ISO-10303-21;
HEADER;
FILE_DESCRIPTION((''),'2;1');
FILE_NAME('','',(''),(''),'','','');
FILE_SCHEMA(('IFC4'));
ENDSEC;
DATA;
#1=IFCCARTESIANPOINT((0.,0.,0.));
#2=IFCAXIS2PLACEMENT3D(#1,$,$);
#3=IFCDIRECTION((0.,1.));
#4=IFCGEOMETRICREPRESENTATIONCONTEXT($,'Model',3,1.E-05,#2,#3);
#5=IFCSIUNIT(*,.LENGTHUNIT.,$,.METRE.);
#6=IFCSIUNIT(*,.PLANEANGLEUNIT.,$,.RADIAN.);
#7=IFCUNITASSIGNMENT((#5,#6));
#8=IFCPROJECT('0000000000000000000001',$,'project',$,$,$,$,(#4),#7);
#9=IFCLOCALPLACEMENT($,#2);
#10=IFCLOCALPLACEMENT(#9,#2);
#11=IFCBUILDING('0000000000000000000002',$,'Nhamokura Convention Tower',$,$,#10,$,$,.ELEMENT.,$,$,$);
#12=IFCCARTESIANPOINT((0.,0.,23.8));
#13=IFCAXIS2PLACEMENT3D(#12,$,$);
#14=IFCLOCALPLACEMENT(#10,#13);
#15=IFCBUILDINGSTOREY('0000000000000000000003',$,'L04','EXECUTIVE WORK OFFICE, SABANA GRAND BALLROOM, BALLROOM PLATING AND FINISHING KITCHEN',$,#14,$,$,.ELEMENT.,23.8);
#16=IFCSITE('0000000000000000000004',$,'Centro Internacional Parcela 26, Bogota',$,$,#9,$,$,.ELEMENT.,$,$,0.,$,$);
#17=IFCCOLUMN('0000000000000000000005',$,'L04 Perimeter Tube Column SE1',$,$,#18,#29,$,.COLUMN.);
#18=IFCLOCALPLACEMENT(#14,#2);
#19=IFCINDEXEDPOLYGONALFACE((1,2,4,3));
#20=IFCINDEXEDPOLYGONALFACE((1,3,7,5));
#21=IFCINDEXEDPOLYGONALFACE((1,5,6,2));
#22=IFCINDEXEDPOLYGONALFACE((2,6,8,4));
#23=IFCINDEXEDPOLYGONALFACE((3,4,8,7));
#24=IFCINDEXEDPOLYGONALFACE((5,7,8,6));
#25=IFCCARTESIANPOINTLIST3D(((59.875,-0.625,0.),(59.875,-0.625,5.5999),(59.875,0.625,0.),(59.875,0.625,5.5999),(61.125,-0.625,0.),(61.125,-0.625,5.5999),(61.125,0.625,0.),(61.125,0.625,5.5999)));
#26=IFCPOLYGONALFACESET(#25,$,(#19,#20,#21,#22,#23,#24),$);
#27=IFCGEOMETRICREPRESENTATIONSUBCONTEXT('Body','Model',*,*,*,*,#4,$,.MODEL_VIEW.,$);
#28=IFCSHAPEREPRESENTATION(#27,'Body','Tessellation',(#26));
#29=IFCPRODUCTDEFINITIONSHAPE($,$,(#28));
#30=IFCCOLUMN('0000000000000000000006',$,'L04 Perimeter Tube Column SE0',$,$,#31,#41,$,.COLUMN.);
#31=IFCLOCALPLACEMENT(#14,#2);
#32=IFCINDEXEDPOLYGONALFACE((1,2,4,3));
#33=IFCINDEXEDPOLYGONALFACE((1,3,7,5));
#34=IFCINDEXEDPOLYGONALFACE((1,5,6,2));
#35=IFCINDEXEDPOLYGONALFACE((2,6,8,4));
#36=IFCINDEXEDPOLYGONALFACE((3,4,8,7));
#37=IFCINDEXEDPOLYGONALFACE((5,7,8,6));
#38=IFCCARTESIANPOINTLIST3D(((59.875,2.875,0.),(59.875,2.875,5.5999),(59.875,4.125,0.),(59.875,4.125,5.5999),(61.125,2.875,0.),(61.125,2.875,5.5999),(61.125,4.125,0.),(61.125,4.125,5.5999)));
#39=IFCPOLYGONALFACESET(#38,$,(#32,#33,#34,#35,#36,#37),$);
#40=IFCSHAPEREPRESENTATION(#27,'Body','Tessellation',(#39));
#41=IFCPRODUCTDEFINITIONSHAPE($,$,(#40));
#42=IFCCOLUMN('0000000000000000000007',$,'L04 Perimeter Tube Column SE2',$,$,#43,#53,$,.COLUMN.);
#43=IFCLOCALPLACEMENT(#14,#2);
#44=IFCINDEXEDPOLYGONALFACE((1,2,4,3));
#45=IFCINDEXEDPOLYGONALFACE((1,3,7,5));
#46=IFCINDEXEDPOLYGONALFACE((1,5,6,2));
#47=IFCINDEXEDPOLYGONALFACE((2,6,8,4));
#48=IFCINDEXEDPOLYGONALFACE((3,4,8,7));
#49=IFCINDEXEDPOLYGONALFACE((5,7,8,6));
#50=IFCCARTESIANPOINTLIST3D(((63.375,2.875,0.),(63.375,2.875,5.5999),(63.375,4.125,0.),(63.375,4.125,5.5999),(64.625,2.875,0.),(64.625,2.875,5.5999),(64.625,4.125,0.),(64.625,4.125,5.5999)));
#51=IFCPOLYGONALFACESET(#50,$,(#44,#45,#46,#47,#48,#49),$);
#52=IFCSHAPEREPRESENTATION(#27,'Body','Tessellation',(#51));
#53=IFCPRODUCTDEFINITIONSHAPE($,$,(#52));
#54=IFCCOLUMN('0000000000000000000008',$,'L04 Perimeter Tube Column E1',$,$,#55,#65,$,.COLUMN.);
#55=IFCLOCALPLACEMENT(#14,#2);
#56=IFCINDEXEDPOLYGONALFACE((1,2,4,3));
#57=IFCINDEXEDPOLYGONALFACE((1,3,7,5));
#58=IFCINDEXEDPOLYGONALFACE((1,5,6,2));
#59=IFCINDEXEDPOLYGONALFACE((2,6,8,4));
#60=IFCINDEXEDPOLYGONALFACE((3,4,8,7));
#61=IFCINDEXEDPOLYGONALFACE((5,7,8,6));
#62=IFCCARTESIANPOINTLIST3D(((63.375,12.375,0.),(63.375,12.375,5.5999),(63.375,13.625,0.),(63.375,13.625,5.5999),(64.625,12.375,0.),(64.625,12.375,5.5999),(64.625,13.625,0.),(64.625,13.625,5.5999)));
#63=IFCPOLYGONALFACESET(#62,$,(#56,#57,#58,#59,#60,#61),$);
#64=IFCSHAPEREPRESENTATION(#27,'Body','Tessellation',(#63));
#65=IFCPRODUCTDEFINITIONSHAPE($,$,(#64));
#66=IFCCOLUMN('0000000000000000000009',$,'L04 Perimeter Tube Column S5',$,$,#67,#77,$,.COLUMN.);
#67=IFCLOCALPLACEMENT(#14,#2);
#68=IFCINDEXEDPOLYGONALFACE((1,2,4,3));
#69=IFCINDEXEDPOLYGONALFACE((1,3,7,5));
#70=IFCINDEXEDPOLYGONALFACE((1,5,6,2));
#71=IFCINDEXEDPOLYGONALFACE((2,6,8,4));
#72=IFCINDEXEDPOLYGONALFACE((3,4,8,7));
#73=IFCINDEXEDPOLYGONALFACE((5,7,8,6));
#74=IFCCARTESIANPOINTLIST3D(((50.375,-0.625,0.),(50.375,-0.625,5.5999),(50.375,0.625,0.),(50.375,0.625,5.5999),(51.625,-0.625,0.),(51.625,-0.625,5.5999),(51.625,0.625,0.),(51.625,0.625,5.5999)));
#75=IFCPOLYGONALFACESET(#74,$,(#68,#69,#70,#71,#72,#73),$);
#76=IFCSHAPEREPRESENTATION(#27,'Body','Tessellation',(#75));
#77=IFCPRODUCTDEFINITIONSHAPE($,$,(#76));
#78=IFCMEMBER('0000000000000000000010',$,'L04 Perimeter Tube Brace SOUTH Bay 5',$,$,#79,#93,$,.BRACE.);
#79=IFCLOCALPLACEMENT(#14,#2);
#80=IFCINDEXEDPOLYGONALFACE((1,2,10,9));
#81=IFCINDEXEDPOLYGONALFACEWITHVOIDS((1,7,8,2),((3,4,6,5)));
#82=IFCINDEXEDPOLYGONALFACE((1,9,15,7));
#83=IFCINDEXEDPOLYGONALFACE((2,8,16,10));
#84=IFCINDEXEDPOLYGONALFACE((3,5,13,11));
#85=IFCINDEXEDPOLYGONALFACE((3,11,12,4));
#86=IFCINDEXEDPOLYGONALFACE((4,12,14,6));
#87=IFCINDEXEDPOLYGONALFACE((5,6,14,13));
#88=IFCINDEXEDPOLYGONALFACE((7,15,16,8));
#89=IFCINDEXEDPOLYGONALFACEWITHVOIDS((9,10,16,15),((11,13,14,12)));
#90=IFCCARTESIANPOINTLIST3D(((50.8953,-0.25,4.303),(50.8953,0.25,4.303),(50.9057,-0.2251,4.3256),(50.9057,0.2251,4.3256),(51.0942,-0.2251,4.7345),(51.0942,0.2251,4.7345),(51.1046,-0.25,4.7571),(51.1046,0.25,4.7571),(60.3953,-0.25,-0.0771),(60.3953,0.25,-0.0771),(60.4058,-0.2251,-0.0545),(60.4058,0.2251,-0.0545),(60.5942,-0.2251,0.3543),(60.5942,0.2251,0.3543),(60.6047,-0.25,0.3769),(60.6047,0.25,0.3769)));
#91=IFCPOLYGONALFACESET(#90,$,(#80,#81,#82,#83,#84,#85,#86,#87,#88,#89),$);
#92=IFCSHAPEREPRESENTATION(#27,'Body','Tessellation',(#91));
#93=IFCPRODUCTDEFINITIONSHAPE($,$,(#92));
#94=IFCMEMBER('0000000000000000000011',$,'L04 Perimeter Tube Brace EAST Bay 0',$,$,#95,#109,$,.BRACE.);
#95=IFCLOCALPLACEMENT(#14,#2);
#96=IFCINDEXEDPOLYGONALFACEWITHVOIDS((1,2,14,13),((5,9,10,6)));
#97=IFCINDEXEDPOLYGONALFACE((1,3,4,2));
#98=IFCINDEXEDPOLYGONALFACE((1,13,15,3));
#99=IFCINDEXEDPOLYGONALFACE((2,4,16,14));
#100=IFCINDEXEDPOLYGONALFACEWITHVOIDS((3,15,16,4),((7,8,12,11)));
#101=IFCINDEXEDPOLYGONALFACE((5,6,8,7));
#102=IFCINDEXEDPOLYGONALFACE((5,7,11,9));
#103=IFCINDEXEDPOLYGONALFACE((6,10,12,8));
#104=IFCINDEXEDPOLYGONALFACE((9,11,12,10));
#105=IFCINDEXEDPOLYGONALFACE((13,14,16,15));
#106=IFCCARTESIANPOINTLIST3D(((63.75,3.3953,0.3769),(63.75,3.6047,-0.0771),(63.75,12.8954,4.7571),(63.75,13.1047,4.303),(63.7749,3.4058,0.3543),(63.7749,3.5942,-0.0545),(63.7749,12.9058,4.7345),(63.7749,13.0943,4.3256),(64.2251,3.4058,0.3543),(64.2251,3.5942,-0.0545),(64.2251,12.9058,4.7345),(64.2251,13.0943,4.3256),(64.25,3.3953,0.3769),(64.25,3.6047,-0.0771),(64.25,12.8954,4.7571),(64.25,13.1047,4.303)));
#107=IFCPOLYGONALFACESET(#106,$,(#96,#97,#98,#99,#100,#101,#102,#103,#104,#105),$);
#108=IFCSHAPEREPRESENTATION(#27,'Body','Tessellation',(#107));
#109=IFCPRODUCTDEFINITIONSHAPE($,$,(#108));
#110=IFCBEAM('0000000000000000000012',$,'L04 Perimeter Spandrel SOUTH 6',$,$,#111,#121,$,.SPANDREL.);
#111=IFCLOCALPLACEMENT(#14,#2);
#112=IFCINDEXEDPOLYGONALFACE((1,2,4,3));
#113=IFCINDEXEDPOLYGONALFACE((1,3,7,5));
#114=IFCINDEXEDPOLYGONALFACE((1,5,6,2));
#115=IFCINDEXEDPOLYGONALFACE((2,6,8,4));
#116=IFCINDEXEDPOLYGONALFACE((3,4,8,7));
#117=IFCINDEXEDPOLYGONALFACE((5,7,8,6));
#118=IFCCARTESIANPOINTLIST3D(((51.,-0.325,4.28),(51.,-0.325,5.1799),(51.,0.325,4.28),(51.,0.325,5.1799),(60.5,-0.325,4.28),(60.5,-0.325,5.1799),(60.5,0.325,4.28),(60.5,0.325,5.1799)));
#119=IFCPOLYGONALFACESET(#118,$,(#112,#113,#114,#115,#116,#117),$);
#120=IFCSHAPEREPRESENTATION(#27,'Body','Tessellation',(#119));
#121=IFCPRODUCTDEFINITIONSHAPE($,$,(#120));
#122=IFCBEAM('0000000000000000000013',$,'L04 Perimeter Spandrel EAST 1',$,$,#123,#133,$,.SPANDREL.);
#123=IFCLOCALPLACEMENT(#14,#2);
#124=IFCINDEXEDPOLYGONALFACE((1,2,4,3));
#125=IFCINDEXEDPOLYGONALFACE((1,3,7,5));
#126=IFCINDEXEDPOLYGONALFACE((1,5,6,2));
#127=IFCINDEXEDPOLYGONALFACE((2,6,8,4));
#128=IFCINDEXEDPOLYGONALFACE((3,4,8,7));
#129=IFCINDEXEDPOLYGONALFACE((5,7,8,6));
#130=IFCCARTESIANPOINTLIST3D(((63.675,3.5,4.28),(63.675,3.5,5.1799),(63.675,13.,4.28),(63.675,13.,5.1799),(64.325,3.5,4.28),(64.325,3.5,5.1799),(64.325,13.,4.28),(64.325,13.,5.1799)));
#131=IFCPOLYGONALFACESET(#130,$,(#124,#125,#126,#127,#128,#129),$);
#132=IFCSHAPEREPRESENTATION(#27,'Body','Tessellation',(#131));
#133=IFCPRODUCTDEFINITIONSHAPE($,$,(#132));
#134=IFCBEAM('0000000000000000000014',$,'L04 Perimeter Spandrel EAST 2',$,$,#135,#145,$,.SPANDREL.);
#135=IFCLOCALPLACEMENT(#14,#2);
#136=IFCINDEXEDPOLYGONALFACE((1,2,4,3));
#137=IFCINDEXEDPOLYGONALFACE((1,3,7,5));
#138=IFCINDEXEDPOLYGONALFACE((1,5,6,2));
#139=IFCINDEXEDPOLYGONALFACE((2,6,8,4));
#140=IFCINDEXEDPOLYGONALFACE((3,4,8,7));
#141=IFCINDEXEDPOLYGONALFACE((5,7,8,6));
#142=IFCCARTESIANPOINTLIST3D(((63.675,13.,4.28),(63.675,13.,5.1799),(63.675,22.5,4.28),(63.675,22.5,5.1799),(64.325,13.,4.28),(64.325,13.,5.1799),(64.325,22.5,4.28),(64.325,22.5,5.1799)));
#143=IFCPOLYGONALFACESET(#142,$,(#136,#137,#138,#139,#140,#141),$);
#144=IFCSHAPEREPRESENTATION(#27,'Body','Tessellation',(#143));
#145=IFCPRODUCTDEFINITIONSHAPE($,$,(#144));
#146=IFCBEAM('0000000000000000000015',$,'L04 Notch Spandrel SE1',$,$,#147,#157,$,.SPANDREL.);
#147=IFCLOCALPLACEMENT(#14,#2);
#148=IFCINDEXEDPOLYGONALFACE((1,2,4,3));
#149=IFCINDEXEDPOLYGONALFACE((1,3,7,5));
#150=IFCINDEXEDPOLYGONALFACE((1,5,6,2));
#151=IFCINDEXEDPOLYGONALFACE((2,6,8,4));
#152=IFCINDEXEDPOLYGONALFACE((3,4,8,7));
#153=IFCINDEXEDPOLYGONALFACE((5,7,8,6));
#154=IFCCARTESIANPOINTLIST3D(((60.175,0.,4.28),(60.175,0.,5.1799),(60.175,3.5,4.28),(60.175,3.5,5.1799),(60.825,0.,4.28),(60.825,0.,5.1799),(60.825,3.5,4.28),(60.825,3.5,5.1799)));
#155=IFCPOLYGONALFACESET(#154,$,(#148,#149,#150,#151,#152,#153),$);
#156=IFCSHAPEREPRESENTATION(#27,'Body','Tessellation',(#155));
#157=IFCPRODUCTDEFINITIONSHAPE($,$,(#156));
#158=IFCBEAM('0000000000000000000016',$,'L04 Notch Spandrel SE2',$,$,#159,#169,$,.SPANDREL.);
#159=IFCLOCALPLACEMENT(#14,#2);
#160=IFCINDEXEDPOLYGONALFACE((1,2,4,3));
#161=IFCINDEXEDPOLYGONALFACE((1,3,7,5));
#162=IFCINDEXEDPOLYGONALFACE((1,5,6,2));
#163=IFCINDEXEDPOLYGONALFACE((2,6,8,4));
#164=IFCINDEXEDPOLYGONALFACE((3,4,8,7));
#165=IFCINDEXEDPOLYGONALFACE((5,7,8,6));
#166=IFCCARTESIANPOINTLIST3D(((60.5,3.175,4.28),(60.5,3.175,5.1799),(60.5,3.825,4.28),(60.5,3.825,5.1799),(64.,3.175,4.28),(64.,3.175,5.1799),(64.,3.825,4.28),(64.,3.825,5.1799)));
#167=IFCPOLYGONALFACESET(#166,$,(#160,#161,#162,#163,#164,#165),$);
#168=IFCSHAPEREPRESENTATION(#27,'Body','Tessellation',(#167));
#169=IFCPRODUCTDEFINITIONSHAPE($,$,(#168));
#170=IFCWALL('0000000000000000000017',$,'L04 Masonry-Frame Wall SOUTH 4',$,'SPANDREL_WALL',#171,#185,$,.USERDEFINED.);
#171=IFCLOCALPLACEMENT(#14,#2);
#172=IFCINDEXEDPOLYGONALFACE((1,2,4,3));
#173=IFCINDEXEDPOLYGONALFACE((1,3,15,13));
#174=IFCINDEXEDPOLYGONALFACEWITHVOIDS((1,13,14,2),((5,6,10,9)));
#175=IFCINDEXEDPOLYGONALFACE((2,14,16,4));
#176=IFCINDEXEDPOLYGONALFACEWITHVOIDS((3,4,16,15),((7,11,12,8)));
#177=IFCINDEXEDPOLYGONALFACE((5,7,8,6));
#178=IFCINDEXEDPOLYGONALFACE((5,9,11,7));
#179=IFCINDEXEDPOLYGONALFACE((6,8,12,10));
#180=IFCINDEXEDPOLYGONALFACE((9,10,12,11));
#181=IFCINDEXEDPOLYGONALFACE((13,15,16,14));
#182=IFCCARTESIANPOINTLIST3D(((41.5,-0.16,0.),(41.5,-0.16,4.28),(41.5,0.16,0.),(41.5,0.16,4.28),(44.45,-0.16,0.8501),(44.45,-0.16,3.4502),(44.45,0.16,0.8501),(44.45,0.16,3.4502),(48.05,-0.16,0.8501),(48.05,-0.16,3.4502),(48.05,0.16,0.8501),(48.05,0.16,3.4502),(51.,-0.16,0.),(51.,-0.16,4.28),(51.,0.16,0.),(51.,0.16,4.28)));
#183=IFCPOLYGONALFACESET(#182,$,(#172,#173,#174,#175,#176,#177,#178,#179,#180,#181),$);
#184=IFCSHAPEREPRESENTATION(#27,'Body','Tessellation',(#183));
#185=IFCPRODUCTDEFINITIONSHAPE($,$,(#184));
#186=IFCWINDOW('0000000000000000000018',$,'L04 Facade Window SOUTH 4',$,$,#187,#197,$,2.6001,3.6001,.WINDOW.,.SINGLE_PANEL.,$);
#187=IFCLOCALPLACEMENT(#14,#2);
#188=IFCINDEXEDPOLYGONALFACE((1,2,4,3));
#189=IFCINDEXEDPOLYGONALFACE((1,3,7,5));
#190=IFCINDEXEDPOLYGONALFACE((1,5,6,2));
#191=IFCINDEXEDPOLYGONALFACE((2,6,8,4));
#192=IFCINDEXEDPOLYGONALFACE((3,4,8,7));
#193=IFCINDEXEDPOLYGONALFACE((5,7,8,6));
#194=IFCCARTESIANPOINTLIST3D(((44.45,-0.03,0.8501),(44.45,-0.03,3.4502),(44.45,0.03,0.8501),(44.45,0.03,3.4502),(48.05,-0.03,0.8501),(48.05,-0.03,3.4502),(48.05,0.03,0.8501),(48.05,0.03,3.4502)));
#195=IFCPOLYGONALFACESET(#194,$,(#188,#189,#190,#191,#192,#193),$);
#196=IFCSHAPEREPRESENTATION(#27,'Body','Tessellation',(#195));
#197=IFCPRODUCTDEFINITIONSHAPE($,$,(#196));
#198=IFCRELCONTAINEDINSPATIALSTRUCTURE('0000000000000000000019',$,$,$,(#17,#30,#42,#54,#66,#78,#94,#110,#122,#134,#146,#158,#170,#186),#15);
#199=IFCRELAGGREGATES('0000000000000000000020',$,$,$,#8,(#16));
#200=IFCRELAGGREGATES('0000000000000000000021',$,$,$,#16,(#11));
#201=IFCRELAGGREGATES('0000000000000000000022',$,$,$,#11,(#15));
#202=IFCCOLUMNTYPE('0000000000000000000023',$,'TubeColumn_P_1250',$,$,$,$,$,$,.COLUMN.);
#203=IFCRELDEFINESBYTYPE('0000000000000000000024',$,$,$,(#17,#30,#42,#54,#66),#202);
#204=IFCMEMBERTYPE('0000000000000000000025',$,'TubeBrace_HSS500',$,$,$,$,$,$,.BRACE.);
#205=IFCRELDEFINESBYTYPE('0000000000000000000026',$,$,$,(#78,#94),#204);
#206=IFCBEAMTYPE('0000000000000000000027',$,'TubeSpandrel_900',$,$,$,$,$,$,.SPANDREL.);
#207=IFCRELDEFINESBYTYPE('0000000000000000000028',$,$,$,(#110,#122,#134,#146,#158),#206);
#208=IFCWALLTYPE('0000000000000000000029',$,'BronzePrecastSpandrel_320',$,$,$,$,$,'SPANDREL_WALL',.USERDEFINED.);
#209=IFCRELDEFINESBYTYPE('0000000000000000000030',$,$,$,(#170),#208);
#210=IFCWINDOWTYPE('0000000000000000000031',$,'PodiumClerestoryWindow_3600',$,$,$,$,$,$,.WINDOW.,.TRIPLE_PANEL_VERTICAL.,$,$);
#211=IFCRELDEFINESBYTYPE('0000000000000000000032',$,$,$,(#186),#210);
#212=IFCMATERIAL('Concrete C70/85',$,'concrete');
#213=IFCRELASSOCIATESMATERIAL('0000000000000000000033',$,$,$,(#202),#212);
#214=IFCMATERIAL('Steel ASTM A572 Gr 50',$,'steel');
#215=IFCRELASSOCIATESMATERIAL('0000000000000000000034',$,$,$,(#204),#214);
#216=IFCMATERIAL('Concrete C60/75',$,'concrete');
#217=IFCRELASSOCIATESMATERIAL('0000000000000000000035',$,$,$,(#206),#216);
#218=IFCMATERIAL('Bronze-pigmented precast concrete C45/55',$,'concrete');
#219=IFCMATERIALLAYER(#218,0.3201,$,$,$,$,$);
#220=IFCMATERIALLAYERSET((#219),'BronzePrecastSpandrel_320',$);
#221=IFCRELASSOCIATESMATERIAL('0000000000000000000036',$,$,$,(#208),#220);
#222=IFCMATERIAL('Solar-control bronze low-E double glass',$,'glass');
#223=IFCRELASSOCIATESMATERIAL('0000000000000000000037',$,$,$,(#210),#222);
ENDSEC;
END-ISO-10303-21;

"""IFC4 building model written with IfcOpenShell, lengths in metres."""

from ifc_helpers import new_model, si_unit, direction, frame, frame_2d, origin, origin_2d, place, context, subcontext, project, spatial, rectangle, hollow_rectangle, extrude, material, layer, layer_set, material_profile, profile_set, type_object, element, fill, save


model = new_model("IFC4")

# Units and contexts
model_context = context("Model", 3, precision=1e-05, world=origin(), true_north=direction((0.0, 1.0)))
body_context = subcontext(model_context, "Body", "Model", "MODEL_VIEW")
ifc_project = project(units=[si_unit("LENGTHUNIT", "METRE"), si_unit("PLANEANGLEUNIT", "RADIAN")], contexts=[model_context])

# Site, building, storey
site_placement = place(None, origin())
site = spatial("IfcSite", under=ifc_project, at=site_placement, Name="Centro Internacional Parcela 26, Bogota", CompositionType="ELEMENT", RefElevation=0.0)
building_placement = place(site_placement, origin())
building = spatial("IfcBuilding", under=site, at=building_placement, Name="Nhamokura Convention Tower", CompositionType="ELEMENT")
storey_placement = place(building_placement, frame((0.0, 0.0, 23.8)))
storey = spatial("IfcBuildingStorey", under=building, at=storey_placement, Name="L04", Description="EXECUTIVE WORK OFFICE, SABANA GRAND BALLROOM, BALLROOM PLATING AND FINISHING KITCHEN", CompositionType="ELEMENT", Elevation=23.8)

# Columns
ifc_material_1 = material(Name="Concrete C70/85", Category="concrete")
ifc_material_profile_1 = material_profile(ifc_material_1, rectangle(XDim=1.25, YDim=1.25, at=origin_2d()))
ifc_profile_set_1 = profile_set([ifc_material_profile_1], Name="Concrete C70/85")
column_type = type_object("IfcColumnType", Name="TubeColumn_P_1250", PredefinedType="COLUMN", material=ifc_profile_set_1)
for number, where, z_axis, x_axis, name in (
    (1, (60.5, 0.0, 0.0), (0.0, 0.0, 1.0), (1.0, 0.0, 0.0), "L04 Perimeter Tube Column SE1"),
    (2, (60.5, 3.5, 0.0), (0.0, 0.0, 1.0), (1.0, 0.0, 0.0), "L04 Perimeter Tube Column SE0"),
    (3, (64.0, 3.5, 0.0), (0.0, 0.0, 1.0), (1.0, 0.0, 0.0), "L04 Perimeter Tube Column SE2"),
    (4, (64.0, 13.0, 0.0), (0.0, 0.0, 1.0), (1.0, 0.0, 0.0), "L04 Perimeter Tube Column E1"),
    (5, (51.0, 0.0, 0.0), (0.0, 0.0, 1.0), (1.0, 0.0, 0.0), "L04 Perimeter Tube Column S5"),
):
    element("IfcColumn", number, at=place(storey_placement, frame(where, z_axis=z_axis, x_axis=x_axis)), inside=storey, type_object=column_type, Name=name, PredefinedType="COLUMN", context=body_context, shape_type="SweptSolid", body=[
        extrude(rectangle(XDim=1.25, YDim=1.25, at=origin_2d()), origin(), (0.0, 0.0, 1.0), 5.5999),
    ])

# Members
ifc_material_2 = material(Name="Steel ASTM A572 Gr 50", Category="steel")
ifc_material_profile_2 = material_profile(ifc_material_2, hollow_rectangle(XDim=0.5, YDim=0.5, WallThickness=0.0249, at=origin_2d()))
ifc_profile_set_2 = profile_set([ifc_material_profile_2], Name="Steel ASTM A572 Gr 50")
member_type = type_object("IfcMemberType", Name="TubeBrace_HSS500", PredefinedType="BRACE", material=ifc_profile_set_2)
for number, where, z_axis, x_axis, name in (
    (6, (60.5, 0.0, 0.1499), (-0.908123, 0.0, 0.418704), (0.0, -1.0, 0.0), "L04 Perimeter Tube Brace SOUTH Bay 5"),
    (7, (64.0, 3.5, 0.1499), (0.0, 0.908123, 0.418704), (-1.0, 0.0, 0.0), "L04 Perimeter Tube Brace EAST Bay 0"),
):
    element("IfcMember", number, at=place(storey_placement, frame(where, z_axis=z_axis, x_axis=x_axis)), inside=storey, type_object=member_type, Name=name, PredefinedType="BRACE", context=body_context, shape_type="SweptSolid", body=[
        extrude(hollow_rectangle(XDim=0.5, YDim=0.5, WallThickness=0.0249, at=origin_2d()), origin(), (0.0, 0.0, 1.0), 10.4612),
    ])

# Beams
ifc_material_3 = material(Name="Concrete C60/75", Category="concrete")
ifc_material_profile_3 = material_profile(ifc_material_3, rectangle(XDim=0.6499, YDim=0.8999, at=origin_2d()))
ifc_profile_set_3 = profile_set([ifc_material_profile_3], Name="Concrete C60/75")
beam_type = type_object("IfcBeamType", Name="TubeSpandrel_900", PredefinedType="SPANDREL", material=ifc_profile_set_3)
for number, where, z_axis, x_axis, name in (
    (8, (51.0, 0.0, 4.73), (1.0, 0.0, 0.0), (0.0, 1.0, 0.0), "L04 Perimeter Spandrel SOUTH 6"),
    (9, (64.0, 3.5, 4.73), (0.0, 1.0, 0.0), (-1.0, 0.0, 0.0), "L04 Perimeter Spandrel EAST 1"),
    (10, (64.0, 13.0, 4.73), (0.0, 1.0, 0.0), (-1.0, 0.0, 0.0), "L04 Perimeter Spandrel EAST 2"),
):
    element("IfcBeam", number, at=place(storey_placement, frame(where, z_axis=z_axis, x_axis=x_axis)), inside=storey, type_object=beam_type, Name=name, PredefinedType="SPANDREL", context=body_context, shape_type="SweptSolid", body=[
        extrude(rectangle(XDim=0.6499, YDim=0.8999, at=origin_2d()), origin(), (0.0, 0.0, 1.0), 9.5),
    ])
for number, where, z_axis, x_axis, name in (
    (11, (60.5, 0.0, 4.73), (0.0, 1.0, 0.0), (-1.0, 0.0, 0.0), "L04 Notch Spandrel SE1"),
    (12, (60.5, 3.5, 4.73), (1.0, 0.0, 0.0), (0.0, 1.0, 0.0), "L04 Notch Spandrel SE2"),
):
    element("IfcBeam", number, at=place(storey_placement, frame(where, z_axis=z_axis, x_axis=x_axis)), inside=storey, type_object=beam_type, Name=name, PredefinedType="SPANDREL", context=body_context, shape_type="SweptSolid", body=[
        extrude(rectangle(XDim=0.6499, YDim=0.8999, at=origin_2d()), origin(), (0.0, 0.0, 1.0), 3.5),
    ])

# Wall, opening, window
ifc_material_4 = material(Name="Bronze-pigmented precast concrete C45/55", Category="concrete")
ifc_layer = layer(ifc_material_4, 0.3201)
ifc_layer_set = layer_set([ifc_layer], Name="BronzePrecastSpandrel_320")
wall_type = type_object("IfcWallType", Name="BronzePrecastSpandrel_320", ElementType="SPANDREL_WALL", PredefinedType="USERDEFINED", material=ifc_layer_set)
wall_1_placement = place(storey_placement, frame((51.0, 0.0, 0.0), z_axis=(0.0, 0.0, 1.0), x_axis=(-1.0, 0.0, 0.0)))
wall_1 = element("IfcWall", 13, at=wall_1_placement, inside=storey, type_object=wall_type, Name="L04 Masonry-Frame Wall SOUTH 4", ObjectType="SPANDREL_WALL", PredefinedType="USERDEFINED", context=body_context, shape_type="SweptSolid", body=[
    extrude(rectangle(XDim=9.5, YDim=0.3201, at=frame_2d((4.75, 0.0))), origin(), (0.0, 0.0, 1.0), 4.28),
])
opening_1_placement = place(wall_1_placement, frame((2.95, 0.0, 0.8501)))
opening_1 = element("IfcOpeningElement", 14, at=opening_1_placement, cuts=wall_1, PredefinedType="OPENING", context=body_context, shape_type="SweptSolid", body=[
    extrude(rectangle(XDim=3.6001, YDim=2.6001, at=frame_2d((1.8, 1.3))), frame((0.0, 0.1699, 0.0), z_axis=(0.0, -1.0, 0.0), x_axis=(1.0, 0.0, 0.0)), (0.0, 0.0, 1.0), 0.3401),
])
ifc_material_5 = material(Name="Solar-control bronze low-E double glass", Category="glass")
window_type_1 = type_object("IfcWindowType", Name="PodiumClerestoryWindow_3600", PartitioningType="TRIPLE_PANEL_VERTICAL", PredefinedType="WINDOW", material=ifc_material_5)
window_1_placement = place(opening_1_placement, origin())
window_1 = element("IfcWindow", 15, at=window_1_placement, inside=storey, type_object=window_type_1, Name="L04 Facade Window SOUTH 4", OverallHeight=2.6001, OverallWidth=3.6001, PartitioningType="SINGLE_PANEL", PredefinedType="WINDOW", context=body_context, shape_type="SweptSolid", body=[
    extrude(rectangle(XDim=3.6001, YDim=2.6001, at=frame_2d((1.8, 1.3))), frame((0.0, 0.03, 0.0), z_axis=(0.0, -1.0, 0.0), x_axis=(1.0, 0.0, 0.0)), (0.0, 0.0, 1.0), 0.0601),
])
fill(opening_1, window_1)

save(model, "model.ifc")
